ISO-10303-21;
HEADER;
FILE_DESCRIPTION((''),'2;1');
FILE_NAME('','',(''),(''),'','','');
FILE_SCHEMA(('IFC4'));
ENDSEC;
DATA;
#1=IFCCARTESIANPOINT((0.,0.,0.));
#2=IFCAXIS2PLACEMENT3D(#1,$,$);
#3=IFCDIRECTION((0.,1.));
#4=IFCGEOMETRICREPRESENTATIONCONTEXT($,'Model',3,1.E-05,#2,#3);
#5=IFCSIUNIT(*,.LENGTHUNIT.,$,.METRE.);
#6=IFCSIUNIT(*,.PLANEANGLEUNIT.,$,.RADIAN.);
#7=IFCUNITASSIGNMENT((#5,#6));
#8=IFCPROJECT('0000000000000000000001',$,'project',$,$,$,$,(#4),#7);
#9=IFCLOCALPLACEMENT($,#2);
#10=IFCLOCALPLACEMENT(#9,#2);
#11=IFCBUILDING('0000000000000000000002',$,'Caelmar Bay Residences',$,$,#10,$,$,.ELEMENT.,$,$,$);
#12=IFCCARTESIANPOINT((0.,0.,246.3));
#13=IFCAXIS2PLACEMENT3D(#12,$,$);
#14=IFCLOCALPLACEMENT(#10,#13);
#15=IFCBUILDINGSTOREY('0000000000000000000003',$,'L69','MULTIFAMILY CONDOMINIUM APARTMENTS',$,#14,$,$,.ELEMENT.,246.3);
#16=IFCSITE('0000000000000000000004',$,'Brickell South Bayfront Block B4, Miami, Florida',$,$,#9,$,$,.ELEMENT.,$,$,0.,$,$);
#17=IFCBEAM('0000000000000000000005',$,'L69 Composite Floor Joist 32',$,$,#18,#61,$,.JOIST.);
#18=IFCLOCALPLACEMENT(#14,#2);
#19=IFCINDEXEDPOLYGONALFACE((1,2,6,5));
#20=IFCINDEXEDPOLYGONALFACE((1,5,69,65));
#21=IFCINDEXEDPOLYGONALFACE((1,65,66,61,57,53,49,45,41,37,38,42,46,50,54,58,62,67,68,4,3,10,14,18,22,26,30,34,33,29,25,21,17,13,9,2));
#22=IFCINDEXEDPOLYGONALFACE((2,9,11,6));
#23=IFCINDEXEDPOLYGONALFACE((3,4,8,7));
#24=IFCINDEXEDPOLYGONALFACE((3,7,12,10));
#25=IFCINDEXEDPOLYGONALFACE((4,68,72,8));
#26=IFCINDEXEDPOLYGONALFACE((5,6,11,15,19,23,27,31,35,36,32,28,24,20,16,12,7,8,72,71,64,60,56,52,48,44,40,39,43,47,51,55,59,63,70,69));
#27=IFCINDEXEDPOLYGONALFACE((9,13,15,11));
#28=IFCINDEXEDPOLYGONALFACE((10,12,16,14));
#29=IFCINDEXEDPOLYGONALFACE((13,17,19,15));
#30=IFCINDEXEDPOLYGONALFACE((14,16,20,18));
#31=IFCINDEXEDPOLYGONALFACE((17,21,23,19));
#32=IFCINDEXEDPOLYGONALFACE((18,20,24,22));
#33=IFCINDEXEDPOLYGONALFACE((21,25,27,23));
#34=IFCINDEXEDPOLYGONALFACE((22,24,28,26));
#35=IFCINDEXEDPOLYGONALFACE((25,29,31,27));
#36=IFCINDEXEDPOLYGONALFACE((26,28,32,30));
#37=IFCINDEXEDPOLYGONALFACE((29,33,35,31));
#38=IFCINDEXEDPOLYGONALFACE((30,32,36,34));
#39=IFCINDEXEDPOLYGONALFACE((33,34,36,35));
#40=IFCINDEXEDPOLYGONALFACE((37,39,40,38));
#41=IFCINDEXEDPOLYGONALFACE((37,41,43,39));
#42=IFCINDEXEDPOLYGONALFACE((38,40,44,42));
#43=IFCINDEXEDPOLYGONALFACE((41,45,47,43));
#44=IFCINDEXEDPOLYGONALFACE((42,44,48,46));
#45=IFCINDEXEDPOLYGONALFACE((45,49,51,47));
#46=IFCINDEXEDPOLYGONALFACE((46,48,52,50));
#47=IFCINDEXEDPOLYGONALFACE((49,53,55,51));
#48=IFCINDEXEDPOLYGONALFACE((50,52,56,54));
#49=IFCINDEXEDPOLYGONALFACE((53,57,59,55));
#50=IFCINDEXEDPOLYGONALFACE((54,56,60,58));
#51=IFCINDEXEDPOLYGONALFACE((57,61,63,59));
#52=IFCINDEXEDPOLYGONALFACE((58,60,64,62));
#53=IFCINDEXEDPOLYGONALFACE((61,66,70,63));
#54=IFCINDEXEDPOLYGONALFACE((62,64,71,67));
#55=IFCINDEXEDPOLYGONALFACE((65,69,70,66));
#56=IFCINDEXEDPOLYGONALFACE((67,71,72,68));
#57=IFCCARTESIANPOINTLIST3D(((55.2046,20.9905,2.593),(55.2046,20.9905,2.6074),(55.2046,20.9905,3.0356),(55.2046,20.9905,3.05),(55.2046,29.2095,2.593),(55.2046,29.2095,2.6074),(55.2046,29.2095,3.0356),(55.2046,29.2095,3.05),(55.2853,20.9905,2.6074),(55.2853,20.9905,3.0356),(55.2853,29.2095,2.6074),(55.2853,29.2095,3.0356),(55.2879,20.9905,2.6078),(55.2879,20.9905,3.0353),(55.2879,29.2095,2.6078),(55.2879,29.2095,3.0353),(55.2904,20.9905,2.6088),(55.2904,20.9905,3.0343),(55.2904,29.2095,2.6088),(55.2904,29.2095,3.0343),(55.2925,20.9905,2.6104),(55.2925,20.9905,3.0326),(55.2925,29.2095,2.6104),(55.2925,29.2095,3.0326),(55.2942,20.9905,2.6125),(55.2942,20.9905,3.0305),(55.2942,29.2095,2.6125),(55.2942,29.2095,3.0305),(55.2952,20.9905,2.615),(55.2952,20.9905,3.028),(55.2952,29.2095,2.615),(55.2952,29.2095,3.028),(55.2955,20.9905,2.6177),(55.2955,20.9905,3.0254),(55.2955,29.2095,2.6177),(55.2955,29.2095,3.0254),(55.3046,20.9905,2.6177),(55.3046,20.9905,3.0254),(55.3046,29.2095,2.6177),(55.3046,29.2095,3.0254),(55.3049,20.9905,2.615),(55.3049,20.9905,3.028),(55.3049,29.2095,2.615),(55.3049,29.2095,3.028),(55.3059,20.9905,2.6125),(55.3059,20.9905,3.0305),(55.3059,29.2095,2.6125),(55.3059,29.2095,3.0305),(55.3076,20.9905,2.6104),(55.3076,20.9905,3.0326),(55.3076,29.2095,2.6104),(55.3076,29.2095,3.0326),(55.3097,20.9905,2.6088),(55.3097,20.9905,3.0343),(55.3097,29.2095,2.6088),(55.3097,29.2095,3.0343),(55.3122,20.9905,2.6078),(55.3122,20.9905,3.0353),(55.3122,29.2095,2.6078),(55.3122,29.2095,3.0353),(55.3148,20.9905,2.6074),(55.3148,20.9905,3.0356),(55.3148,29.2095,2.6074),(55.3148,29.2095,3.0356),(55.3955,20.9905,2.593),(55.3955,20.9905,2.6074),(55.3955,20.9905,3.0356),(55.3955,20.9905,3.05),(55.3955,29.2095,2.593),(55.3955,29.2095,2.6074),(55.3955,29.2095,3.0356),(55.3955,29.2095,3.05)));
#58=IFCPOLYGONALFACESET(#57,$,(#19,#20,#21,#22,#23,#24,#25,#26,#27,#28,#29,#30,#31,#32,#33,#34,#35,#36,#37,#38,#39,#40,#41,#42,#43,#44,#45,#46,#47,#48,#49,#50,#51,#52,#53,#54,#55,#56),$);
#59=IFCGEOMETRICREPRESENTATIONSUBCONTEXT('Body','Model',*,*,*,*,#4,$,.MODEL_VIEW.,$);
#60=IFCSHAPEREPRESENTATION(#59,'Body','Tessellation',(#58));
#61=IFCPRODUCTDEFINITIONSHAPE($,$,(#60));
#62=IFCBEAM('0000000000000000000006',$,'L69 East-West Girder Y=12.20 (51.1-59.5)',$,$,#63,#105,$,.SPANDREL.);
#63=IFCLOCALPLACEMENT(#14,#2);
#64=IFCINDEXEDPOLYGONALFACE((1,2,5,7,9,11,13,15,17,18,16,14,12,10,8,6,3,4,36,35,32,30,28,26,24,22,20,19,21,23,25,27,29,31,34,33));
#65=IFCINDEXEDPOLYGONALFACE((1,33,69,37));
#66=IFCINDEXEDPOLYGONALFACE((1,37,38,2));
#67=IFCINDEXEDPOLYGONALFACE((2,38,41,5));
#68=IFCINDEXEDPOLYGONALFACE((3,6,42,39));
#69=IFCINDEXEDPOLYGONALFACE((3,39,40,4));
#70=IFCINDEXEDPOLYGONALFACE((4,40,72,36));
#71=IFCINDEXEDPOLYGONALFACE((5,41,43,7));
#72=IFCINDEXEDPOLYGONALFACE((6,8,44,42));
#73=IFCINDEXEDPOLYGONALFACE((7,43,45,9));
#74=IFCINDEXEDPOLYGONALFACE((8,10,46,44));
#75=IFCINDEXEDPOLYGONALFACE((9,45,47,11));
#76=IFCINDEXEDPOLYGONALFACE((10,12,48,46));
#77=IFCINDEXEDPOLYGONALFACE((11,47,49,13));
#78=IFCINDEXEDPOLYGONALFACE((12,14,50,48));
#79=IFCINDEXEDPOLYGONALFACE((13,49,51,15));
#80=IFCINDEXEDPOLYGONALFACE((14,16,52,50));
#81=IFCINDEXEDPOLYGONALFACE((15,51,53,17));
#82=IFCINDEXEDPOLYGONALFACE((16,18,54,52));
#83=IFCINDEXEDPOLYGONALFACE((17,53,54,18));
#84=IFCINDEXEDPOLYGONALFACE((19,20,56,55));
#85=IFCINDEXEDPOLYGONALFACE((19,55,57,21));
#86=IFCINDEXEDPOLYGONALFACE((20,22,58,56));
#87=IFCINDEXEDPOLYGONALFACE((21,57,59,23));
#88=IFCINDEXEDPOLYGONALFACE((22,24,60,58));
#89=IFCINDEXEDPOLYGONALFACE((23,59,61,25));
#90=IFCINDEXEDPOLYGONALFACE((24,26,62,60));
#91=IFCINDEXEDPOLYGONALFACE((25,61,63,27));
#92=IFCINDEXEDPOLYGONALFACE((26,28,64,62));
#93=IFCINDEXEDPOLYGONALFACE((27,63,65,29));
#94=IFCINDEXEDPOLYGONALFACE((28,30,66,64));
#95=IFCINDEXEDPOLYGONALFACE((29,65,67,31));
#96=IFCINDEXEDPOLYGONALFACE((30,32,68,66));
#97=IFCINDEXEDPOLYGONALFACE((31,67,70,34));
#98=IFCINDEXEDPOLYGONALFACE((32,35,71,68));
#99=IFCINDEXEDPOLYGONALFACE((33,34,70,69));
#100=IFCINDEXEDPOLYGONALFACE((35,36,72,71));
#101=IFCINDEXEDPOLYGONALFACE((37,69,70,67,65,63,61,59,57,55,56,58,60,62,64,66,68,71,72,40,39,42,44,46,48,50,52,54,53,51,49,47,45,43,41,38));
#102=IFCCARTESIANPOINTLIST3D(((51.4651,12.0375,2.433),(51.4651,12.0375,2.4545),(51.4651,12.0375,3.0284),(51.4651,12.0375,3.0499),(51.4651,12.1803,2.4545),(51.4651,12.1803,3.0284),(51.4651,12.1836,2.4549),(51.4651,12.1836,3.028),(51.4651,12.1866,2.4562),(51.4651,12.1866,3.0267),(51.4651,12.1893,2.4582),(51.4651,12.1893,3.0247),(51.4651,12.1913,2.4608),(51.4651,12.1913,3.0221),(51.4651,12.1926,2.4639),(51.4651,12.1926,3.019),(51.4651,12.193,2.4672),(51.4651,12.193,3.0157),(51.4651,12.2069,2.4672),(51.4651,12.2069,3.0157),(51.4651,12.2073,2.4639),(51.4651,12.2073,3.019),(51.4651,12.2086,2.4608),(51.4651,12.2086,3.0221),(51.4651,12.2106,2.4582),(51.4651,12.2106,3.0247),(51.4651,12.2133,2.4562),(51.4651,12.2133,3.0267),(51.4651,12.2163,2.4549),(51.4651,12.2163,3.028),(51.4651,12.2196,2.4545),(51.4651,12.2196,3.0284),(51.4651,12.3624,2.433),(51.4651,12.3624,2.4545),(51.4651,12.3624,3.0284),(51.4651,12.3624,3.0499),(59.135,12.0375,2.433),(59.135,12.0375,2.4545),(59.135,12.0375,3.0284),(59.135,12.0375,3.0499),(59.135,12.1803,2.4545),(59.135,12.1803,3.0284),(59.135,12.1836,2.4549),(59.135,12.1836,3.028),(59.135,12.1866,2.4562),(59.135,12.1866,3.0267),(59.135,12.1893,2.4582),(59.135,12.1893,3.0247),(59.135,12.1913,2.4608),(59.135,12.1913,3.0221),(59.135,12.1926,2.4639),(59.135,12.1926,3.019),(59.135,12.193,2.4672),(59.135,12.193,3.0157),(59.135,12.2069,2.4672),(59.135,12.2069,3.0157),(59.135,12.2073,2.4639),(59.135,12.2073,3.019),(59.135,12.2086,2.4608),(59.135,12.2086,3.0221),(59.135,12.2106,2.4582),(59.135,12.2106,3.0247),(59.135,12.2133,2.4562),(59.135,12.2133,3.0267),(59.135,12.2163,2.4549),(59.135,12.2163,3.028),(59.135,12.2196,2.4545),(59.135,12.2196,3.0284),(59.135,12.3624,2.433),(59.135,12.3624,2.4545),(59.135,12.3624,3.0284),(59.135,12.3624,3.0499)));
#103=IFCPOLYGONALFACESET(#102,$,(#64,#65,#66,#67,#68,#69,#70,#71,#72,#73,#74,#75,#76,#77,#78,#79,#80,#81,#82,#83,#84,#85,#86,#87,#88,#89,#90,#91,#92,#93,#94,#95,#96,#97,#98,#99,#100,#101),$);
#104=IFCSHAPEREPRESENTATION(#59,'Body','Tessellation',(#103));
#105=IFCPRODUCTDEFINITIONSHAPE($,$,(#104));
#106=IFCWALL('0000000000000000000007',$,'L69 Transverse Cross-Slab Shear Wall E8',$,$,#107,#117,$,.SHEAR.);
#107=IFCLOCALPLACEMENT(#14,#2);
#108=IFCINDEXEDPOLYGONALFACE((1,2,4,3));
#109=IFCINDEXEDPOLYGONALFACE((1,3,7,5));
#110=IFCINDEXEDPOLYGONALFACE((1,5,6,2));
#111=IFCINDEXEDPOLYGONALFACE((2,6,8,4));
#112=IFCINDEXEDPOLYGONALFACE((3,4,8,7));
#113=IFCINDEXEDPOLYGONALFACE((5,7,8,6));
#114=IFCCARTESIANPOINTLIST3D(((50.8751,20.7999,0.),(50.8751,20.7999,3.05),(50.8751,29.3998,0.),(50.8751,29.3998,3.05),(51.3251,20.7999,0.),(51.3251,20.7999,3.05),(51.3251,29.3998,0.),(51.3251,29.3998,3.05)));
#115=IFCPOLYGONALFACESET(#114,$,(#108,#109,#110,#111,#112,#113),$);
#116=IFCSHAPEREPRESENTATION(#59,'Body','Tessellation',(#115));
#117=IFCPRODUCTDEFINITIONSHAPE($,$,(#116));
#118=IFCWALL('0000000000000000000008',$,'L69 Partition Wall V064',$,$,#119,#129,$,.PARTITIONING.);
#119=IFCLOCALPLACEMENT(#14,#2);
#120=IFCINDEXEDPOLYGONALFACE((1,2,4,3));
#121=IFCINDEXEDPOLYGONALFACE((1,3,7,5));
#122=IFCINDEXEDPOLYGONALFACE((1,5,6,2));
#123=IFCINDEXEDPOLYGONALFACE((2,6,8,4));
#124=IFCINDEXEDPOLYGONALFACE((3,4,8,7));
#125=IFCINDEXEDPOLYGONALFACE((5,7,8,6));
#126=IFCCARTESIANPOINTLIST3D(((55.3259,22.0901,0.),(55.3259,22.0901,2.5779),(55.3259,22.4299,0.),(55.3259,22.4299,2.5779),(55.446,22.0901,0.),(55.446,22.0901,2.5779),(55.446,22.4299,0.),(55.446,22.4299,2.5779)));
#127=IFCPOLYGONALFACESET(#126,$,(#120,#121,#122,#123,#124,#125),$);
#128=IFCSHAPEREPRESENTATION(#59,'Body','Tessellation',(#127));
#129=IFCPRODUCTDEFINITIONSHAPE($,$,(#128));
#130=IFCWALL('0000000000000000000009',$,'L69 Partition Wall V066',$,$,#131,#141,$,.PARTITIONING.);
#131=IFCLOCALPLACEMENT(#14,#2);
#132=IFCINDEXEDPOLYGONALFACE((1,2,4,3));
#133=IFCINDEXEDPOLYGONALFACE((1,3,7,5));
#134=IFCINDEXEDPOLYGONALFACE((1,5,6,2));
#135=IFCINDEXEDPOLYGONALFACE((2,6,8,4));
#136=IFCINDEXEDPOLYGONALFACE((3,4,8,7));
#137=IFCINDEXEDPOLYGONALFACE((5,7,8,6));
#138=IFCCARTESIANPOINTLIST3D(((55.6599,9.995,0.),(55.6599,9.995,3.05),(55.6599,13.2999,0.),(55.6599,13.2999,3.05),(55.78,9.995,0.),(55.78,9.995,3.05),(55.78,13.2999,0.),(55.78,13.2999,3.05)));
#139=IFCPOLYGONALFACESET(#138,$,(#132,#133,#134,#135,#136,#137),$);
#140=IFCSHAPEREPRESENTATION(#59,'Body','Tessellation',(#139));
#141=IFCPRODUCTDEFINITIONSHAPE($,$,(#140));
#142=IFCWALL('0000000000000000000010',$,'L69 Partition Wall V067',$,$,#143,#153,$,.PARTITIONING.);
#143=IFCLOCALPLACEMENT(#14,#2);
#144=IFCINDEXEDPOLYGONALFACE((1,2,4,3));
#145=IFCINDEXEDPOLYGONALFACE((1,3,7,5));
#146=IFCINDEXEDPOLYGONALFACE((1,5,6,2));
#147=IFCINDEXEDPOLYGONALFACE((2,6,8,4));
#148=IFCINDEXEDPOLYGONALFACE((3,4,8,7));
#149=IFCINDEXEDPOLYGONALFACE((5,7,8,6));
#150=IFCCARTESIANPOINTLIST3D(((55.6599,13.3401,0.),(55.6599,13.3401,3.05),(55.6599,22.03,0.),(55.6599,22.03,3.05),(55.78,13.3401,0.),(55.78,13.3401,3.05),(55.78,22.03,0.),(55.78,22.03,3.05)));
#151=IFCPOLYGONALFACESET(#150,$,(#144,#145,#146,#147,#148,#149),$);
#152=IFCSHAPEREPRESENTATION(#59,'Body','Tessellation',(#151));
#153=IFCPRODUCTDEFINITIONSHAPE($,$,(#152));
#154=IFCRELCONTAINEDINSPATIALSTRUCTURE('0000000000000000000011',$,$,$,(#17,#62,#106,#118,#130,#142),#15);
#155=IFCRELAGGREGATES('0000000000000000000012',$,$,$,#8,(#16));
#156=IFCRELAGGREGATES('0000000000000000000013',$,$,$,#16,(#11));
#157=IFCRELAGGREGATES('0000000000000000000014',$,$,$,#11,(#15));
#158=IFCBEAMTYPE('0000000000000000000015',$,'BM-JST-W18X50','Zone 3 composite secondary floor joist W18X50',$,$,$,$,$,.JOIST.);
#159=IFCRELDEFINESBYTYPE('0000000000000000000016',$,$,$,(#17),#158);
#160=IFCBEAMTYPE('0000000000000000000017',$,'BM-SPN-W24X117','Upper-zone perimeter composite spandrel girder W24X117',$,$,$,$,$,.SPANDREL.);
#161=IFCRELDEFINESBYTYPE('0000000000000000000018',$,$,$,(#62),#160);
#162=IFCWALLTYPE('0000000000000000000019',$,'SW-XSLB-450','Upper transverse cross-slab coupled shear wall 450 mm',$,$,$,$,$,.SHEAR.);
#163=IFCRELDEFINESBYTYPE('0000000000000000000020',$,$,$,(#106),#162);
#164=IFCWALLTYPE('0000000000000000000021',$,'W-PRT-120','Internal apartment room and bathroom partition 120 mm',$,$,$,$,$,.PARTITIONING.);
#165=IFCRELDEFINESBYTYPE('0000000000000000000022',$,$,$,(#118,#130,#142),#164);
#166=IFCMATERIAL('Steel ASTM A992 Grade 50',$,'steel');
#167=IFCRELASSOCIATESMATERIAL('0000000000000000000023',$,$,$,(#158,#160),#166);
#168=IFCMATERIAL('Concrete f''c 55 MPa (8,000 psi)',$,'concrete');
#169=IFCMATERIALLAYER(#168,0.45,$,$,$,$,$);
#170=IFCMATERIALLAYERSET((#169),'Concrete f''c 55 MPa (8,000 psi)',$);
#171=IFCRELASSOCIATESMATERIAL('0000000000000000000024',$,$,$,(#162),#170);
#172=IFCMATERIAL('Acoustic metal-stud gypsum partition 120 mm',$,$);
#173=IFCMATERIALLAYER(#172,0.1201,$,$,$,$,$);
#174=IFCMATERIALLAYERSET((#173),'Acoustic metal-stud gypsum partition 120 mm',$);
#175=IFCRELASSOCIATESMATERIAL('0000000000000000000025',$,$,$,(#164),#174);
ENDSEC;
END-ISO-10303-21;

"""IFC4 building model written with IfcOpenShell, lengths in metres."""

from ifc_helpers import new_model, si_unit, direction, frame, frame_2d, origin, origin_2d, place, context, subcontext, project, spatial, rectangle, i_section, extrude, material, layer, layer_set, material_profile, profile_set, type_object, element, save


model = new_model("IFC4")

# Units and contexts
model_context = context("Model", 3, precision=1e-05, world=origin(), true_north=direction((0.0, 1.0)))
body_context = subcontext(model_context, "Body", "Model", "MODEL_VIEW")
ifc_project = project(units=[si_unit("LENGTHUNIT", "METRE"), si_unit("PLANEANGLEUNIT", "RADIAN")], contexts=[model_context])

# Site, building, storey
site_placement = place(None, origin())
site = spatial("IfcSite", under=ifc_project, at=site_placement, Name="Brickell South Bayfront Block B4, Miami, Florida", CompositionType="ELEMENT", RefElevation=0.0)
building_placement = place(site_placement, origin())
building = spatial("IfcBuilding", under=site, at=building_placement, Name="Caelmar Bay Residences", CompositionType="ELEMENT")
storey_placement = place(building_placement, frame((0.0, 0.0, 246.3)))
storey = spatial("IfcBuildingStorey", under=building, at=storey_placement, Name="L69", Description="MULTIFAMILY CONDOMINIUM APARTMENTS", CompositionType="ELEMENT", Elevation=246.3)

# Shared definitions
ifc_material_1 = material(Name="Concrete f'c 55 MPa (8,000 psi)", Category="concrete")

# Beams
ifc_material_2 = material(Name="Steel ASTM A992 Grade 50", Category="steel")
ifc_material_profile_1 = material_profile(ifc_material_2, i_section(OverallWidth=0.1909, OverallDepth=0.457, WebThickness=0.009, FlangeThickness=0.0144, FilletRadius=0.0103, at=origin_2d()), Name="W18X50")
ifc_profile_set_1 = profile_set([ifc_material_profile_1], Name="Steel ASTM A992 Grade 50")
beam_type_1 = type_object("IfcBeamType", Name="BM-JST-W18X50", Description="Zone 3 composite secondary floor joist W18X50", PredefinedType="JOIST", material=ifc_profile_set_1)
beam_1_placement = place(storey_placement, frame((55.3, 20.9905, 2.8215), z_axis=(0.0, 1.0, 0.0), x_axis=(-1.0, 0.0, 0.0)))
element("IfcBeam", 1, at=beam_1_placement, inside=storey, type_object=beam_type_1, Name="L69 Composite Floor Joist 32", PredefinedType="JOIST", context=body_context, shape_type="SweptSolid", body=[
    extrude(i_section(OverallWidth=0.1909, OverallDepth=0.457, WebThickness=0.009, FlangeThickness=0.0144, FilletRadius=0.0103, at=origin_2d()), origin(), (0.0, 0.0, 1.0), 8.219),
])
ifc_material_profile_2 = material_profile(ifc_material_2, i_section(OverallWidth=0.325, OverallDepth=0.6169, WebThickness=0.0139, FlangeThickness=0.0215, FilletRadius=0.0127, at=origin_2d()), Name="W24X117")
ifc_profile_set_2 = profile_set([ifc_material_profile_2], Name="Steel ASTM A992 Grade 50")
beam_type_2 = type_object("IfcBeamType", Name="BM-SPN-W24X117", Description="Upper-zone perimeter composite spandrel girder W24X117", PredefinedType="SPANDREL", material=ifc_profile_set_2)
beam_2_placement = place(storey_placement, frame((51.4651, 12.2, 2.7415), z_axis=(1.0, 0.0, 0.0), x_axis=(0.0, 1.0, 0.0)))
element("IfcBeam", 2, at=beam_2_placement, inside=storey, type_object=beam_type_2, Name="L69 East-West Girder Y=12.20 (51.1-59.5)", PredefinedType="SPANDREL", context=body_context, shape_type="SweptSolid", body=[
    extrude(i_section(OverallWidth=0.325, OverallDepth=0.6169, WebThickness=0.0139, FlangeThickness=0.0215, FilletRadius=0.0127, at=origin_2d()), origin(), (0.0, 0.0, 1.0), 7.6699),
])

# Walls
ifc_layer_1 = layer(ifc_material_1, 0.45)
ifc_layer_set_1 = layer_set([ifc_layer_1], Name="Concrete f'c 55 MPa (8,000 psi)")
wall_type_1 = type_object("IfcWallType", Name="SW-XSLB-450", Description="Upper transverse cross-slab coupled shear wall 450 mm", PredefinedType="SHEAR", material=ifc_layer_set_1)
wall_1_placement = place(storey_placement, frame((51.1001, 20.8, 0.0), z_axis=(0.0, 0.0, 1.0), x_axis=(0.0, 1.0, 0.0)))
element("IfcWall", 3, at=wall_1_placement, inside=storey, type_object=wall_type_1, Name="L69 Transverse Cross-Slab Shear Wall E8", PredefinedType="SHEAR", context=body_context, shape_type="SweptSolid", body=[
    extrude(rectangle(XDim=8.5999, YDim=0.45, at=frame_2d((4.2998, 0.0))), origin(), (0.0, 0.0, 1.0), 3.05),
])
ifc_material_3 = material(Name="Acoustic metal-stud gypsum partition 120 mm")
ifc_layer_2 = layer(ifc_material_3, 0.1201)
ifc_layer_set_2 = layer_set([ifc_layer_2], Name="Acoustic metal-stud gypsum partition 120 mm")
wall_type_2 = type_object("IfcWallType", Name="W-PRT-120", Description="Internal apartment room and bathroom partition 120 mm", PredefinedType="PARTITIONING", material=ifc_layer_set_2)
wall_2_placement = place(storey_placement, frame((55.386, 22.0901, 0.0), z_axis=(0.0, 0.0, 1.0), x_axis=(0.0, 1.0, 0.0)))
element("IfcWall", 4, at=wall_2_placement, inside=storey, type_object=wall_type_2, Name="L69 Partition Wall V064", PredefinedType="PARTITIONING", context=body_context, shape_type="SweptSolid", body=[
    extrude(rectangle(XDim=0.3398, YDim=0.1201, at=frame_2d((0.1699, 0.0))), origin(), (0.0, 0.0, 1.0), 2.5779),
])
wall_3_placement = place(storey_placement, frame((55.72, 9.9951, 0.0), z_axis=(0.0, 0.0, 1.0), x_axis=(0.0, 1.0, 0.0)))
element("IfcWall", 5, at=wall_3_placement, inside=storey, type_object=wall_type_2, Name="L69 Partition Wall V066", PredefinedType="PARTITIONING", context=body_context, shape_type="SweptSolid", body=[
    extrude(rectangle(XDim=3.3049, YDim=0.1201, at=frame_2d((1.6523, 0.0))), origin(), (0.0, 0.0, 1.0), 3.05),
])
wall_4_placement = place(storey_placement, frame((55.72, 13.3401, 0.0), z_axis=(0.0, 0.0, 1.0), x_axis=(0.0, 1.0, 0.0)))
element("IfcWall", 6, at=wall_4_placement, inside=storey, type_object=wall_type_2, Name="L69 Partition Wall V067", PredefinedType="PARTITIONING", context=body_context, shape_type="SweptSolid", body=[
    extrude(rectangle(XDim=8.6899, YDim=0.1201, at=frame_2d((4.345, 0.0))), origin(), (0.0, 0.0, 1.0), 3.05),
])

save(model, "model.ifc")
